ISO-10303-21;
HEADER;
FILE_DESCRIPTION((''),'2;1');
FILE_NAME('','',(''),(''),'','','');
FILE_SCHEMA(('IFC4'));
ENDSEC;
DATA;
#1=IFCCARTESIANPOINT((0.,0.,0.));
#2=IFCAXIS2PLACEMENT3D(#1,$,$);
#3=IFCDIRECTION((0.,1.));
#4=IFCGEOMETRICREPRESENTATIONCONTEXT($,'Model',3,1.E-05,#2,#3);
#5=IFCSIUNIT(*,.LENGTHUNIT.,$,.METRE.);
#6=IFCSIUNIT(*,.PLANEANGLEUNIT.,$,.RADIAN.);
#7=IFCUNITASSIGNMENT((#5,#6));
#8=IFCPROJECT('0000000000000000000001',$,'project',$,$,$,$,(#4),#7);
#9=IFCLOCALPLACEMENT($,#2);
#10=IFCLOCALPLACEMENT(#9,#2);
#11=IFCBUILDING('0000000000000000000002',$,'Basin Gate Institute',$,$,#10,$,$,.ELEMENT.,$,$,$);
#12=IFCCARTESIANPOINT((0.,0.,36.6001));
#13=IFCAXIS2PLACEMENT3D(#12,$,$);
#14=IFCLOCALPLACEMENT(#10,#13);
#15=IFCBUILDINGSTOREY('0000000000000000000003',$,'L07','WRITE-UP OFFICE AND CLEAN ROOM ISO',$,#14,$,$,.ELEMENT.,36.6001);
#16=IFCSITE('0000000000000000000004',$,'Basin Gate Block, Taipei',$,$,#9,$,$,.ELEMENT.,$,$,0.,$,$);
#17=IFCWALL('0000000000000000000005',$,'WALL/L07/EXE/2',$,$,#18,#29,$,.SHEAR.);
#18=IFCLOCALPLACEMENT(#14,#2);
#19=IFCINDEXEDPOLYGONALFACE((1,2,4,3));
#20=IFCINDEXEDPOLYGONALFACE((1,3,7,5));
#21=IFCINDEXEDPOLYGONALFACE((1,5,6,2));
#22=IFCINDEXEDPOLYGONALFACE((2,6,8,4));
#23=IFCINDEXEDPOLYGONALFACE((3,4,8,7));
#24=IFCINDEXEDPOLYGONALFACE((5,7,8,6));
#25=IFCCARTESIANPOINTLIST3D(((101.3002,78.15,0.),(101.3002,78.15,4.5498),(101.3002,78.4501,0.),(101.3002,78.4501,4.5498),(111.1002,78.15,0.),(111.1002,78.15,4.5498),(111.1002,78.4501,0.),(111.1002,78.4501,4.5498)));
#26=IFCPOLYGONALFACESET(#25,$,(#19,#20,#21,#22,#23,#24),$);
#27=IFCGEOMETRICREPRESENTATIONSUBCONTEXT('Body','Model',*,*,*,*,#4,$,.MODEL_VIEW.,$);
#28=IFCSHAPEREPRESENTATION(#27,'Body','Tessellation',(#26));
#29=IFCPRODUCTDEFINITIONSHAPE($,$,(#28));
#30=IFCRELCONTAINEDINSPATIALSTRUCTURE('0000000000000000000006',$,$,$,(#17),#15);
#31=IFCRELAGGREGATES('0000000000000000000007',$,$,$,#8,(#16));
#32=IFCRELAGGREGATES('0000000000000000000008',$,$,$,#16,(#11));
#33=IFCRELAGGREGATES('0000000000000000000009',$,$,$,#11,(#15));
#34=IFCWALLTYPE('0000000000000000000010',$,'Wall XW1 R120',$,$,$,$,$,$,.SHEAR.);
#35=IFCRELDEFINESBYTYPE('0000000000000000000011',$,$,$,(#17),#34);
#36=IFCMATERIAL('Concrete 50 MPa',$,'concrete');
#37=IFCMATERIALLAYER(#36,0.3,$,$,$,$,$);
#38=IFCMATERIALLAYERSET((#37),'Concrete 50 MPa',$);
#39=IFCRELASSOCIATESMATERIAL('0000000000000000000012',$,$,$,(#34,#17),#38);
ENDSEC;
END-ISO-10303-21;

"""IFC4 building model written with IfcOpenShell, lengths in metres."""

from ifc_helpers import new_model, si_unit, direction, frame, frame_2d, origin, place, context, subcontext, project, spatial, rectangle, extrude, material, layer, layer_set, type_object, element, save


model = new_model("IFC4")

# Units and contexts
model_context = context("Model", 3, precision=1e-05, world=origin(), true_north=direction((0.0, 1.0)))
body_context = subcontext(model_context, "Body", "Model", "MODEL_VIEW")
ifc_project = project(units=[si_unit("LENGTHUNIT", "METRE"), si_unit("PLANEANGLEUNIT", "RADIAN")], contexts=[model_context])

# Site, building, storey
site_placement = place(None, origin())
site = spatial("IfcSite", under=ifc_project, at=site_placement, Name="Basin Gate Block, Taipei", CompositionType="ELEMENT", RefElevation=0.0)
building_placement = place(site_placement, origin())
building = spatial("IfcBuilding", under=site, at=building_placement, Name="Basin Gate Institute", CompositionType="ELEMENT")
storey_placement = place(building_placement, frame((0.0, 0.0, 36.6001)))
storey = spatial("IfcBuildingStorey", under=building, at=storey_placement, Name="L07", Description="WRITE-UP OFFICE AND CLEAN ROOM ISO", CompositionType="ELEMENT", Elevation=36.6001)

# Wall
ifc_material_1 = material(Name="Concrete 50 MPa", Category="concrete")
ifc_layer_1 = layer(ifc_material_1, 0.3)
ifc_layer_set_1 = layer_set([ifc_layer_1], Name="Concrete 50 MPa")
wall_type_1 = type_object("IfcWallType", Name="Wall XW1 R120", PredefinedType="SHEAR", material=ifc_layer_set_1)
wall_1_placement = place(storey_placement, frame((111.1001, 78.3, 0.0), z_axis=(0.0, 0.0, 1.0), x_axis=(-1.0, 0.0, 0.0)))
element("IfcWall", 1, at=wall_1_placement, inside=storey, type_object=wall_type_1, material=ifc_layer_set_1, Name="WALL/L07/EXE/2", PredefinedType="SHEAR", context=body_context, shape_type="SweptSolid", body=[
    extrude(rectangle(XDim=9.8, YDim=0.3, at=frame_2d((4.8999, 0.0))), origin(), (0.0, 0.0, 1.0), 4.5498),
])

save(model, "model.ifc")
